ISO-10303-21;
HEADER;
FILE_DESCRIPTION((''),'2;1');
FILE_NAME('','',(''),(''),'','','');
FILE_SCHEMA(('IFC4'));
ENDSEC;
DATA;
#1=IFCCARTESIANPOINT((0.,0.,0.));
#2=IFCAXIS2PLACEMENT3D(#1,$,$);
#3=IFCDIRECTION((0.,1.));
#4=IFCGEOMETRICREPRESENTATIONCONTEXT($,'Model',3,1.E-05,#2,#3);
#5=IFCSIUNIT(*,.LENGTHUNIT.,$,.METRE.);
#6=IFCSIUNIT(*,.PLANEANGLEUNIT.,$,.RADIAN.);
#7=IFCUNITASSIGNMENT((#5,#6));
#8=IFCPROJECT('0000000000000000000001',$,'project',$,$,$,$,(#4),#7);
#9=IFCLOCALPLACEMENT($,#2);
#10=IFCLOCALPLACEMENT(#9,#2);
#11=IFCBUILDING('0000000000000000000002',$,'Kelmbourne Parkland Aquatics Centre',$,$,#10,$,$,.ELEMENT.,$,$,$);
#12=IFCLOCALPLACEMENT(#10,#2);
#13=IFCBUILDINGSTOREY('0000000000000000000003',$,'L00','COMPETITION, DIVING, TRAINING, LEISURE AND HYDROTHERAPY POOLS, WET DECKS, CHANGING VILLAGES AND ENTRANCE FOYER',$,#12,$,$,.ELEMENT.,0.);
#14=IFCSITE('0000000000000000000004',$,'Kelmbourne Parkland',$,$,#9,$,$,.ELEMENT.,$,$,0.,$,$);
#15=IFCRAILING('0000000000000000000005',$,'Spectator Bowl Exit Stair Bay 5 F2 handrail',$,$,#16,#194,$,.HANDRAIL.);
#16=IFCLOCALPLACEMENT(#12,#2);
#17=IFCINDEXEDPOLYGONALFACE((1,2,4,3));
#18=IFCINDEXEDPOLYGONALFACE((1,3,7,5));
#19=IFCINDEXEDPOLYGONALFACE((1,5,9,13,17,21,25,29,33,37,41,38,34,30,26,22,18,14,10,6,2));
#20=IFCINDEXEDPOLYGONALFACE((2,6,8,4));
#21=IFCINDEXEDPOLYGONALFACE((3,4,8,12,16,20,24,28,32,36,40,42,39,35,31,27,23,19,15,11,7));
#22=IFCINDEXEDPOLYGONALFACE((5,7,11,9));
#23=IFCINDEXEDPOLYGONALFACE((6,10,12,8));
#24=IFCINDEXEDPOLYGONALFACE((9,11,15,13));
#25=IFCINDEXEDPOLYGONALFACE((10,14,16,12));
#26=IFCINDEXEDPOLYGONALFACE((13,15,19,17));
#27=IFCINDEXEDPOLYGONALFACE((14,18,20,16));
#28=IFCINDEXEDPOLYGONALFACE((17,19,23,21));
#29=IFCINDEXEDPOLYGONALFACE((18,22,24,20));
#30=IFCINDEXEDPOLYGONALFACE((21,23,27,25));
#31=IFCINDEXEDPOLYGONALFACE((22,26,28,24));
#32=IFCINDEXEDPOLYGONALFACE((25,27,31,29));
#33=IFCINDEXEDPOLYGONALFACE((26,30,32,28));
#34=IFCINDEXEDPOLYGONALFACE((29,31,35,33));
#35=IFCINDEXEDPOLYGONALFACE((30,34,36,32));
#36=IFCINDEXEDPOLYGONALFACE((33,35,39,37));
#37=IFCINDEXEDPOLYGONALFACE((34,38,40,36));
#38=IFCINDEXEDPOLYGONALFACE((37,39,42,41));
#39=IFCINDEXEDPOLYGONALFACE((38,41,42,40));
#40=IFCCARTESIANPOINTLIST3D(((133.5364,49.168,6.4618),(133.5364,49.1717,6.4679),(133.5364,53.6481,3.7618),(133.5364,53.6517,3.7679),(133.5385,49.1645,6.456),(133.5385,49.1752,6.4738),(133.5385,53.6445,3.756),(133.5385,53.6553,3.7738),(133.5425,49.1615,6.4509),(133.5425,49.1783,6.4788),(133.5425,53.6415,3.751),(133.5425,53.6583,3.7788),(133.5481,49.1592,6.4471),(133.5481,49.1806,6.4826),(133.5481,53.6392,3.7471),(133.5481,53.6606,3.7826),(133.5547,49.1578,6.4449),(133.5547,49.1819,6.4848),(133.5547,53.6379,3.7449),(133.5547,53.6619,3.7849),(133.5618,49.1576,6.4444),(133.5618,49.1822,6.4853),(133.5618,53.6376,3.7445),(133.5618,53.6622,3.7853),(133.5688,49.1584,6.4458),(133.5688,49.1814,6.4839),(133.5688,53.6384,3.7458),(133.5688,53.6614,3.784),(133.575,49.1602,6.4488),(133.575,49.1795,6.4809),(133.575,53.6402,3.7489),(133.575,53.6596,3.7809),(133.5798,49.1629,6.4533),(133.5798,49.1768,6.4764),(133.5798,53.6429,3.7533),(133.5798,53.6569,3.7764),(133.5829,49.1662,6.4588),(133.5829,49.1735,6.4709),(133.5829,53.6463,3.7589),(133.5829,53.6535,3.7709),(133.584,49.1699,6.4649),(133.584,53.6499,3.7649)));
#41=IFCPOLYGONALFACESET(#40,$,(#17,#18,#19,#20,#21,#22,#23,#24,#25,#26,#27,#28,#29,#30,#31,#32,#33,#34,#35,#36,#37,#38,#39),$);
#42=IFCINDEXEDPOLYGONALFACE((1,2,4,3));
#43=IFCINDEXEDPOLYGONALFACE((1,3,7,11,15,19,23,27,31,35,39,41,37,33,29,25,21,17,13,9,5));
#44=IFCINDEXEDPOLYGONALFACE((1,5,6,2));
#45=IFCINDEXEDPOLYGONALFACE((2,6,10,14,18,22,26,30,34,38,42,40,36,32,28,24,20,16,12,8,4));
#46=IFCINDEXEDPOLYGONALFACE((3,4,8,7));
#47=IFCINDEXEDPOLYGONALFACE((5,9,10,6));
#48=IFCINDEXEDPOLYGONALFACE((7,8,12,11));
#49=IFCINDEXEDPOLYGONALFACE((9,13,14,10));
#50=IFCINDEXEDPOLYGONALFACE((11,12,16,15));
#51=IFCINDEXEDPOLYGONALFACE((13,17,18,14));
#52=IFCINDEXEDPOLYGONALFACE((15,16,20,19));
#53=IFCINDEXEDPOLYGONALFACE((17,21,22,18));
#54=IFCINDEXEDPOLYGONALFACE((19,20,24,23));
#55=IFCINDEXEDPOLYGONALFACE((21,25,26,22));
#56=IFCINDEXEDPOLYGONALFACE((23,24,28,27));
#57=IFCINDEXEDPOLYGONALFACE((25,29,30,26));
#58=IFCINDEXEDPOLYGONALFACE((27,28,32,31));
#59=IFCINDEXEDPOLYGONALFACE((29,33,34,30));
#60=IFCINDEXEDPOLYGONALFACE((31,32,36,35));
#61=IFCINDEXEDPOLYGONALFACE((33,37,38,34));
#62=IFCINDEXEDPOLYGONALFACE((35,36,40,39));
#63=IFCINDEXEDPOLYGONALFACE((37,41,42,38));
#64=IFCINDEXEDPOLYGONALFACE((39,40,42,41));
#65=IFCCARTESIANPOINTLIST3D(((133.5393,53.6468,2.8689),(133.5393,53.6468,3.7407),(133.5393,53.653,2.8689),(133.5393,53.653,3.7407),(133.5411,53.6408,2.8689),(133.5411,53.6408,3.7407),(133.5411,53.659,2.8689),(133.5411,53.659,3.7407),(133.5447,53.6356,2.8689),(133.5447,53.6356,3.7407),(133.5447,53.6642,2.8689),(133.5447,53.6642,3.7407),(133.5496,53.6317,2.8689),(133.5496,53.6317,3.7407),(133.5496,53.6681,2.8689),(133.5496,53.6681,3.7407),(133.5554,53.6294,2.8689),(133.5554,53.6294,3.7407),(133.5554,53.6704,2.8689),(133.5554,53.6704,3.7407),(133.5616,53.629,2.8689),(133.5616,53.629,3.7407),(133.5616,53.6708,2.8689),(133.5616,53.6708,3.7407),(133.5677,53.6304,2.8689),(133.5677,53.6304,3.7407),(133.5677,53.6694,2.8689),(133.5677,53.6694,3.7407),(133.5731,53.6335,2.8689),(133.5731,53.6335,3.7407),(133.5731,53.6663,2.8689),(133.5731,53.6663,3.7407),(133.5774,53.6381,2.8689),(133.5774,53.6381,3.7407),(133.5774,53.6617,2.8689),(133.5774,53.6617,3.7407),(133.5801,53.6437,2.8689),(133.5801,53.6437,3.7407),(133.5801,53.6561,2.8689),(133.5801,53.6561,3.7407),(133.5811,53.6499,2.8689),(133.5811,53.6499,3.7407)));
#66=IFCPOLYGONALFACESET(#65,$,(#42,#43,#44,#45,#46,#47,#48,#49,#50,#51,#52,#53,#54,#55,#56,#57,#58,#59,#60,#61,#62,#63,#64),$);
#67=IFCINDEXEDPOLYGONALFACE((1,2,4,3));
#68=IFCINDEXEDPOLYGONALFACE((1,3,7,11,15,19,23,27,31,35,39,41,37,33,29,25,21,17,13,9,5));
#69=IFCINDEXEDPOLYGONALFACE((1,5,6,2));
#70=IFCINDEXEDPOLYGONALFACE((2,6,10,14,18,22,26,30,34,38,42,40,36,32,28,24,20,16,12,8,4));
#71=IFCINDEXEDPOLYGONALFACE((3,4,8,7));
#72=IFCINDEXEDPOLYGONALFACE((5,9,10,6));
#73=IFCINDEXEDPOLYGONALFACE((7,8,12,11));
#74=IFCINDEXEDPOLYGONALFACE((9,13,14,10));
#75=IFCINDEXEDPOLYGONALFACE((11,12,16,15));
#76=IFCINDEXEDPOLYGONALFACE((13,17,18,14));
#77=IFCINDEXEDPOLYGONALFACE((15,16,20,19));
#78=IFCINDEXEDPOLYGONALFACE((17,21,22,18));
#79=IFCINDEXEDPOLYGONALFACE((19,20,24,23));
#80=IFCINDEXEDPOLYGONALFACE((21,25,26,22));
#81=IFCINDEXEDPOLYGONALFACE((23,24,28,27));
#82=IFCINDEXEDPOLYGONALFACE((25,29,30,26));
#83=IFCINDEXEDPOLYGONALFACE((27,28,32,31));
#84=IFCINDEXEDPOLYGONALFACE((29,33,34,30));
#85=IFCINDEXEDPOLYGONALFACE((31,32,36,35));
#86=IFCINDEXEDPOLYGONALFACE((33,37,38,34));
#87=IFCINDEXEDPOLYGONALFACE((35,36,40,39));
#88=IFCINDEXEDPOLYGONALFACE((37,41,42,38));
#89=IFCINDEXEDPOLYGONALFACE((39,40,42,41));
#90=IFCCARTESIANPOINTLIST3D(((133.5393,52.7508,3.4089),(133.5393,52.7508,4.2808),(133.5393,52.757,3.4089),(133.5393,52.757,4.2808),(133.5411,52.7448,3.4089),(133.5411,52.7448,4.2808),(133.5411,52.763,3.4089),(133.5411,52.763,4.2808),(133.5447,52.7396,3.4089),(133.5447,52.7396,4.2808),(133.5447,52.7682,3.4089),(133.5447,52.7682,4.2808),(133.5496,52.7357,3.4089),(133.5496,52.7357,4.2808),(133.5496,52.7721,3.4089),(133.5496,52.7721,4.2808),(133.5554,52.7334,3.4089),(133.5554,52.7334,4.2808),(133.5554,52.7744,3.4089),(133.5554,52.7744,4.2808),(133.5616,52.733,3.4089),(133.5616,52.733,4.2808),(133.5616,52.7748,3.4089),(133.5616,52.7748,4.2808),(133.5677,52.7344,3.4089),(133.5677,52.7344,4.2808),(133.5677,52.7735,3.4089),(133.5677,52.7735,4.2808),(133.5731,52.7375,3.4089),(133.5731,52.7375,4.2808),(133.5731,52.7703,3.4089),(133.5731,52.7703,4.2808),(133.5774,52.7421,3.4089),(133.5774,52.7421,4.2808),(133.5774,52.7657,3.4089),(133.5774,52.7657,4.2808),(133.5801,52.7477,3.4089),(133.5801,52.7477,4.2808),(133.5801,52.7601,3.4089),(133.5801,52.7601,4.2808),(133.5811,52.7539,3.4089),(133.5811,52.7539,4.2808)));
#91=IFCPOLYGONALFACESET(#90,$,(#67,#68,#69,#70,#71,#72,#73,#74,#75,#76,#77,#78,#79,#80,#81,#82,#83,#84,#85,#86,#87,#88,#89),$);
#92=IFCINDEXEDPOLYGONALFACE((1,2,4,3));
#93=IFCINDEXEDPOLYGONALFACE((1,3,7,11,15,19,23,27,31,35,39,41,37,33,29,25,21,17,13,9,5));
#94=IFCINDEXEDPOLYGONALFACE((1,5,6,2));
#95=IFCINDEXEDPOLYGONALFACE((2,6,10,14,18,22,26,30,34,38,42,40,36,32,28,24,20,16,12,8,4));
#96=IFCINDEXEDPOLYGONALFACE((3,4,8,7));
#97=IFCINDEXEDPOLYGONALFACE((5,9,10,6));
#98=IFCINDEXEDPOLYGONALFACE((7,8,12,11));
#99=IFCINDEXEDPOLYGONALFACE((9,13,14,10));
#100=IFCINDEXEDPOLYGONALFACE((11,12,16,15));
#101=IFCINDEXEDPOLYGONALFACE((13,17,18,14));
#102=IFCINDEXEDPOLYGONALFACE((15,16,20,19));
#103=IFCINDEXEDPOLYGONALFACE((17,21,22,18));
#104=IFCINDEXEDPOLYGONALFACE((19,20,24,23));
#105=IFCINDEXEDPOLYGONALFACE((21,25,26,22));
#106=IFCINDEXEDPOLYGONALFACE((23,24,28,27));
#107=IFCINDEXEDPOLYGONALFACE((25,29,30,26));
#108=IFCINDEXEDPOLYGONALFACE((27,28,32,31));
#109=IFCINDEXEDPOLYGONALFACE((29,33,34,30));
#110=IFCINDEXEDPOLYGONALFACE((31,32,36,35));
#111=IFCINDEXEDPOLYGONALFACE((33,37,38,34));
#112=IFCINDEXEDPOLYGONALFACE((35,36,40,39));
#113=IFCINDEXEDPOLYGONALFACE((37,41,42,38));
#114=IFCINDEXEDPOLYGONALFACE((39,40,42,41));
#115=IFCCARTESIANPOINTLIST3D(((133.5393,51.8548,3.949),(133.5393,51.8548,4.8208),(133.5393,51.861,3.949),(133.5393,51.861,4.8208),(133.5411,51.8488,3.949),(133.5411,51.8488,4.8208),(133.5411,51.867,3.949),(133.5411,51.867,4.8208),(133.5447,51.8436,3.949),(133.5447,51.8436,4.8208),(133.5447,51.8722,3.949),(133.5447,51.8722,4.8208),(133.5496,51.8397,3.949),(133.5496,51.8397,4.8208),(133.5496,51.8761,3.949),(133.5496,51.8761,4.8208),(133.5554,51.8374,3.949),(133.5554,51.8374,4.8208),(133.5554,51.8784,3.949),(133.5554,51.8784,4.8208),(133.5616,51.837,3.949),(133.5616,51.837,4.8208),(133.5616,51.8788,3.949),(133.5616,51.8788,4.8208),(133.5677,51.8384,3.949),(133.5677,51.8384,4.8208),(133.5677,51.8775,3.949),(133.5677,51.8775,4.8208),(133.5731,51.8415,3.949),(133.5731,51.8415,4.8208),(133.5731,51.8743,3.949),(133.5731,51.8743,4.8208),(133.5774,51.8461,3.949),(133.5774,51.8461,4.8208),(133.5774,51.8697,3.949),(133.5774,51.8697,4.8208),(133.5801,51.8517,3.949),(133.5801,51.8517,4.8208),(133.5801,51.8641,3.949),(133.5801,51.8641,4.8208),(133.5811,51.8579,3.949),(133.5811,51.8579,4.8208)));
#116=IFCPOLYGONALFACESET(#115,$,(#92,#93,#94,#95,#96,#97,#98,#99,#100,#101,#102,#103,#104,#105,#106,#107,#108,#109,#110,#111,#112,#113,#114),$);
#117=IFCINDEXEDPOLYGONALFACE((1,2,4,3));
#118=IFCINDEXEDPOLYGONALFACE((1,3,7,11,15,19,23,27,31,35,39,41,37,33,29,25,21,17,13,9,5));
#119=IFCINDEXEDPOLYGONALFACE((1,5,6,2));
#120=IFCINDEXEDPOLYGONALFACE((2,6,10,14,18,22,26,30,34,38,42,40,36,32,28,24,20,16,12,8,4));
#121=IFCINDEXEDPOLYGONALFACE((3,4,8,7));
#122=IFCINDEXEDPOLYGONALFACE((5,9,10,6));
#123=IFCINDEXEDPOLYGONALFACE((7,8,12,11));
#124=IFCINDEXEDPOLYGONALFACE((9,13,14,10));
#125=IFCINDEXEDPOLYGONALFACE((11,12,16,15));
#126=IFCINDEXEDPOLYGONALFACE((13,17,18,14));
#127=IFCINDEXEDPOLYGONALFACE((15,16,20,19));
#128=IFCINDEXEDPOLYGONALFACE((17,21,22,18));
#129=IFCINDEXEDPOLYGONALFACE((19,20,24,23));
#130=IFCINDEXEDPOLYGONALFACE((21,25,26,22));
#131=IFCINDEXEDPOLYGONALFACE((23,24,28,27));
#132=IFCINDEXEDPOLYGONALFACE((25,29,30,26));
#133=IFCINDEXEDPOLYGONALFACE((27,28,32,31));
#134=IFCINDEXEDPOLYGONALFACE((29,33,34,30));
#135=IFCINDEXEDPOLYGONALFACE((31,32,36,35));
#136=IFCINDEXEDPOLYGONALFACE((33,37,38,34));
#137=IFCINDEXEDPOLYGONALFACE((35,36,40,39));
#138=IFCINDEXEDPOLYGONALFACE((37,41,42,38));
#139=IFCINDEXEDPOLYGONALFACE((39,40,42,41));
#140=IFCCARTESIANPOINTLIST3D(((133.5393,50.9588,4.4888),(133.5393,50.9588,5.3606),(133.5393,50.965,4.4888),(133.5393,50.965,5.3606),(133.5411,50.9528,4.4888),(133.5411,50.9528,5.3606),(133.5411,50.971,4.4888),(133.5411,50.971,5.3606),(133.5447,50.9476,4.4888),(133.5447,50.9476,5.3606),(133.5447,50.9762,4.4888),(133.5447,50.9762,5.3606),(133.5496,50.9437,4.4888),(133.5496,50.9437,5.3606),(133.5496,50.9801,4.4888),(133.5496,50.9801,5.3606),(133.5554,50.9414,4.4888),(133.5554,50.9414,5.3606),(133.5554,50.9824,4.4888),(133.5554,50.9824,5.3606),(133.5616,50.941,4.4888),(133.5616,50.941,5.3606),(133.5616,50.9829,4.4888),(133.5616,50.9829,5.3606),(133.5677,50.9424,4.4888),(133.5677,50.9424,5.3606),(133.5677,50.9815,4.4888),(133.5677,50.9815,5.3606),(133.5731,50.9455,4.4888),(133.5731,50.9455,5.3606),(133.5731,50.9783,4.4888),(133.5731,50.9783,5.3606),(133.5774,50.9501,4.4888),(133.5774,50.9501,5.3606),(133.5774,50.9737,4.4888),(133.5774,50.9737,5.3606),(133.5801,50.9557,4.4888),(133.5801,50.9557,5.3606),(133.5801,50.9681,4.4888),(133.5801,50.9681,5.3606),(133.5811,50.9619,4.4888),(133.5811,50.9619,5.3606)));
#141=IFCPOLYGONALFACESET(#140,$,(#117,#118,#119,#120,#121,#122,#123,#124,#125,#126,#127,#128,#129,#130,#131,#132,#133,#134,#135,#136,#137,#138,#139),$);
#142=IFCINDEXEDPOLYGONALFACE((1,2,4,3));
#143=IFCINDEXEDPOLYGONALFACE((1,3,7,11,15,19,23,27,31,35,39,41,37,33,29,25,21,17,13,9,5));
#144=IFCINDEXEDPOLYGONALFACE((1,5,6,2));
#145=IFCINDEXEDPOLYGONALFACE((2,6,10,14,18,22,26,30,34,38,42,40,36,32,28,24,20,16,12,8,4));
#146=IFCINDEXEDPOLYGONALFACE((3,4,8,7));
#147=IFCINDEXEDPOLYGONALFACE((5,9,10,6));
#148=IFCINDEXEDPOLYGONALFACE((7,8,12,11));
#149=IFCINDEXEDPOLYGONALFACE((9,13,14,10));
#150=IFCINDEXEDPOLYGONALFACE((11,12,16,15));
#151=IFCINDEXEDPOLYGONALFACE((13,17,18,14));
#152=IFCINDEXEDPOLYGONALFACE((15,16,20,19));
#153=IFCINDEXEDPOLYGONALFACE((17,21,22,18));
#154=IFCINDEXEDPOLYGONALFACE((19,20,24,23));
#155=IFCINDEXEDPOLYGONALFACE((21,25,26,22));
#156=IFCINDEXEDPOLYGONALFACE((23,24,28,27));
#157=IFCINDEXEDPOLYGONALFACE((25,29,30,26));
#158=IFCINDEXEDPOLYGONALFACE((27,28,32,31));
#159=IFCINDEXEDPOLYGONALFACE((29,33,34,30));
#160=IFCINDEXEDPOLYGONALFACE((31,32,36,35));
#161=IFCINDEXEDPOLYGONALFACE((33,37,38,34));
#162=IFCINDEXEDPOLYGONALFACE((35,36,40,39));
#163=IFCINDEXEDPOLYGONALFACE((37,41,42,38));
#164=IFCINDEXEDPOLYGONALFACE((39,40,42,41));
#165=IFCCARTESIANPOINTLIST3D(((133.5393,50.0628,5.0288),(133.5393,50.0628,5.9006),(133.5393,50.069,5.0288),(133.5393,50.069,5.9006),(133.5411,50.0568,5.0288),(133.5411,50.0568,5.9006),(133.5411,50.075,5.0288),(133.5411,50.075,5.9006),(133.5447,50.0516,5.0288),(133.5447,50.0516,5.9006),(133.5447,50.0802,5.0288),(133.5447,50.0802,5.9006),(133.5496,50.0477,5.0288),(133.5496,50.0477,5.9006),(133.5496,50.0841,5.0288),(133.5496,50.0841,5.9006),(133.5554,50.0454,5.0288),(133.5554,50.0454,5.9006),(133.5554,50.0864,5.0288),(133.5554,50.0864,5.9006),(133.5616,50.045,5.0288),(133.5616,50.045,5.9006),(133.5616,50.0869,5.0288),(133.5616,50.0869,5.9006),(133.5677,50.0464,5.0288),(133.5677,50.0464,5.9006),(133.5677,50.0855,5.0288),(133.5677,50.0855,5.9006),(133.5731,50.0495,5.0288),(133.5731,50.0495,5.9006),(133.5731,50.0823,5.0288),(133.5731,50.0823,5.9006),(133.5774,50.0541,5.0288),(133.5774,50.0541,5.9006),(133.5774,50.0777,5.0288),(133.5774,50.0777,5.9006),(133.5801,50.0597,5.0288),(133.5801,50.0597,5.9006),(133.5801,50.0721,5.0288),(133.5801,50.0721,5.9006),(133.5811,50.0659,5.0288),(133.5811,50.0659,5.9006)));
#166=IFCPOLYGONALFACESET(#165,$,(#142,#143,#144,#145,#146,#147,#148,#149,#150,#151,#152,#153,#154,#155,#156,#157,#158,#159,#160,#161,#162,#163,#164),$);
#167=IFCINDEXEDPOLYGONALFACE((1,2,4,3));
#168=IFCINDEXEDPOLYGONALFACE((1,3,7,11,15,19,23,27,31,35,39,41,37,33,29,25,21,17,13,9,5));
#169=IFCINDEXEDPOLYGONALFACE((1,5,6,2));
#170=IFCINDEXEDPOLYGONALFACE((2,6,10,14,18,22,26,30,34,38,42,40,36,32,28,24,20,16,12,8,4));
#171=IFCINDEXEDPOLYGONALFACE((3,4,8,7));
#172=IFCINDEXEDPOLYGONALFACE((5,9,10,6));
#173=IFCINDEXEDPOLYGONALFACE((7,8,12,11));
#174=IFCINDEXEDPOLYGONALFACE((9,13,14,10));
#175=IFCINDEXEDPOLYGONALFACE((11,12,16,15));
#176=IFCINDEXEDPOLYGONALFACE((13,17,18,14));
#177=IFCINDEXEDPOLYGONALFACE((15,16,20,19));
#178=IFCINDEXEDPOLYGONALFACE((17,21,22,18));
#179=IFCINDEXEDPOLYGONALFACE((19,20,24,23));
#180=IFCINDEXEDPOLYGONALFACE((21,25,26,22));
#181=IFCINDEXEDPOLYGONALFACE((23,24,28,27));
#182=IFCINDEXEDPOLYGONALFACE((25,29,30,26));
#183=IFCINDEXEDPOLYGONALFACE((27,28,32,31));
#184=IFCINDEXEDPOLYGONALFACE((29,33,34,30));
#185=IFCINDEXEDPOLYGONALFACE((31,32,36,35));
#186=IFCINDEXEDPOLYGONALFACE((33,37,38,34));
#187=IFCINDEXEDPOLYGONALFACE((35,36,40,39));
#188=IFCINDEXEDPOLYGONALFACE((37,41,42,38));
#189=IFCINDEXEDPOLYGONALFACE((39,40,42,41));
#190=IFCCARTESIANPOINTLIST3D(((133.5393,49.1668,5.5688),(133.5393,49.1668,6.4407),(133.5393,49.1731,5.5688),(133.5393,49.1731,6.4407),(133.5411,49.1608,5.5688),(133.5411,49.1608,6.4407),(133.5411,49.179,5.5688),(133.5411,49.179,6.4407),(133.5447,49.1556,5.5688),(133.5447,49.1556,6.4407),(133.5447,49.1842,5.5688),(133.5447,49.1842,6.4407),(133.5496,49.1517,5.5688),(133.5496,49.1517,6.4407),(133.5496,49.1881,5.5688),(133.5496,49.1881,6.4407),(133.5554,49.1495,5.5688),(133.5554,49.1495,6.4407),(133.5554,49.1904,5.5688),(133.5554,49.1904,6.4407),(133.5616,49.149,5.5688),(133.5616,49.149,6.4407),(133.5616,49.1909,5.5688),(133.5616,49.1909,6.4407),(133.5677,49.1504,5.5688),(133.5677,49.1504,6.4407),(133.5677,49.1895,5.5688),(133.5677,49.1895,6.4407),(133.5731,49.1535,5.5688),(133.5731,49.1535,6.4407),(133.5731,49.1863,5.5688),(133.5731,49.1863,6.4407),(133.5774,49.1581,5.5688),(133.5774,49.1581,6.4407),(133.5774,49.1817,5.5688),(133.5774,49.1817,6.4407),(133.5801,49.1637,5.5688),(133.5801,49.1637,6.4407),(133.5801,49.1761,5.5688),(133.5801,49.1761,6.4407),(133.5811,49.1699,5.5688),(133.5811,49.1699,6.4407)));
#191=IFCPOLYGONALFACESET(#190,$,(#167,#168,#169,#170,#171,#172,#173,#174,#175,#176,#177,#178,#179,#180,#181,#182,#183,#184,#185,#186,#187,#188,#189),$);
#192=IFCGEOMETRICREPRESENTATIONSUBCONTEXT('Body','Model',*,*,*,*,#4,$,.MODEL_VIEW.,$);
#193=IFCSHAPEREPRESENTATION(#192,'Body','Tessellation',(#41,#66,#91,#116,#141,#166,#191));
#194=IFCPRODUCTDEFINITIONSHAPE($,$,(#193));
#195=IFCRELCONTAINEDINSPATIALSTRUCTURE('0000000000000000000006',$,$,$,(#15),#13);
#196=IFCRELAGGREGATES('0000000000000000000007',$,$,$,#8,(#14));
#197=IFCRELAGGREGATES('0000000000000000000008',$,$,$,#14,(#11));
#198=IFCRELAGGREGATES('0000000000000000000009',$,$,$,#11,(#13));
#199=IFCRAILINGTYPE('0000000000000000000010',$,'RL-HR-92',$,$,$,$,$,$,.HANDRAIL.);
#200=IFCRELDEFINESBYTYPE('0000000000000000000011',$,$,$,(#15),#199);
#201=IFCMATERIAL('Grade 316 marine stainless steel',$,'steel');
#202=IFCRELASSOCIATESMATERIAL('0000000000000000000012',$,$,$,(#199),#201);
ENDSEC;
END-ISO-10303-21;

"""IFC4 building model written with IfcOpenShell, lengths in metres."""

from ifc_helpers import new_model, si_unit, direction, frame, origin, origin_2d, place, context, subcontext, project, spatial, circle, extrude, material, type_object, element, save


model = new_model("IFC4")

# Units and contexts
model_context = context("Model", 3, precision=1e-05, world=origin(), true_north=direction((0.0, 1.0)))
body_context = subcontext(model_context, "Body", "Model", "MODEL_VIEW")
ifc_project = project(units=[si_unit("LENGTHUNIT", "METRE"), si_unit("PLANEANGLEUNIT", "RADIAN")], contexts=[model_context])

# Site, building, storey
site_placement = place(None, origin())
site = spatial("IfcSite", under=ifc_project, at=site_placement, Name="Kelmbourne Parkland", CompositionType="ELEMENT", RefElevation=0.0)
building_placement = place(site_placement, origin())
building = spatial("IfcBuilding", under=site, at=building_placement, Name="Kelmbourne Parkland Aquatics Centre", CompositionType="ELEMENT")
storey_placement = place(building_placement, origin())
storey = spatial("IfcBuildingStorey", under=building, at=storey_placement, Name="L00", Description="COMPETITION, DIVING, TRAINING, LEISURE AND HYDROTHERAPY POOLS, WET DECKS, CHANGING VILLAGES AND ENTRANCE FOYER", CompositionType="ELEMENT", Elevation=0.0)

# Railing
ifc_material_1 = material(Name="Grade 316 marine stainless steel", Category="steel")
railing_type_1 = type_object("IfcRailingType", Name="RL-HR-92", PredefinedType="HANDRAIL", material=ifc_material_1)
railing_1_placement = place(storey_placement, frame((133.5601, 53.6499, 2.8689)))
element("IfcRailing", 1, at=railing_1_placement, inside=storey, type_object=railing_type_1, Name="Spectator Bowl Exit Stair Bay 5 F2 handrail", PredefinedType="HANDRAIL", context=body_context, shape_type="SweptSolid", body=[
    extrude(circle(Radius=0.0239, at=origin_2d()), frame((0.0, 0.0, 0.896), z_axis=(0.0, -0.856482, 0.516176), x_axis=(1.0, 0.0, 0.0)), (0.0, 0.0, 1.0), 5.2307),
    extrude(circle(Radius=0.021, at=origin_2d()), origin(), (0.0, 0.0, 1.0), 0.8718),
    extrude(circle(Radius=0.021, at=origin_2d()), frame((0.0, -0.896, 0.54)), (0.0, 0.0, 1.0), 0.8718),
    extrude(circle(Radius=0.021, at=origin_2d()), frame((0.0, -1.792, 1.0801)), (0.0, 0.0, 1.0), 0.8718),
    extrude(circle(Radius=0.021, at=origin_2d()), frame((0.0, -2.688, 1.6199)), (0.0, 0.0, 1.0), 0.8718),
    extrude(circle(Radius=0.021, at=origin_2d()), frame((0.0, -3.584, 2.1599)), (0.0, 0.0, 1.0), 0.8718),
    extrude(circle(Radius=0.021, at=origin_2d()), frame((0.0, -4.48, 2.7)), (0.0, 0.0, 1.0), 0.8718),
])

save(model, "model.ifc")
